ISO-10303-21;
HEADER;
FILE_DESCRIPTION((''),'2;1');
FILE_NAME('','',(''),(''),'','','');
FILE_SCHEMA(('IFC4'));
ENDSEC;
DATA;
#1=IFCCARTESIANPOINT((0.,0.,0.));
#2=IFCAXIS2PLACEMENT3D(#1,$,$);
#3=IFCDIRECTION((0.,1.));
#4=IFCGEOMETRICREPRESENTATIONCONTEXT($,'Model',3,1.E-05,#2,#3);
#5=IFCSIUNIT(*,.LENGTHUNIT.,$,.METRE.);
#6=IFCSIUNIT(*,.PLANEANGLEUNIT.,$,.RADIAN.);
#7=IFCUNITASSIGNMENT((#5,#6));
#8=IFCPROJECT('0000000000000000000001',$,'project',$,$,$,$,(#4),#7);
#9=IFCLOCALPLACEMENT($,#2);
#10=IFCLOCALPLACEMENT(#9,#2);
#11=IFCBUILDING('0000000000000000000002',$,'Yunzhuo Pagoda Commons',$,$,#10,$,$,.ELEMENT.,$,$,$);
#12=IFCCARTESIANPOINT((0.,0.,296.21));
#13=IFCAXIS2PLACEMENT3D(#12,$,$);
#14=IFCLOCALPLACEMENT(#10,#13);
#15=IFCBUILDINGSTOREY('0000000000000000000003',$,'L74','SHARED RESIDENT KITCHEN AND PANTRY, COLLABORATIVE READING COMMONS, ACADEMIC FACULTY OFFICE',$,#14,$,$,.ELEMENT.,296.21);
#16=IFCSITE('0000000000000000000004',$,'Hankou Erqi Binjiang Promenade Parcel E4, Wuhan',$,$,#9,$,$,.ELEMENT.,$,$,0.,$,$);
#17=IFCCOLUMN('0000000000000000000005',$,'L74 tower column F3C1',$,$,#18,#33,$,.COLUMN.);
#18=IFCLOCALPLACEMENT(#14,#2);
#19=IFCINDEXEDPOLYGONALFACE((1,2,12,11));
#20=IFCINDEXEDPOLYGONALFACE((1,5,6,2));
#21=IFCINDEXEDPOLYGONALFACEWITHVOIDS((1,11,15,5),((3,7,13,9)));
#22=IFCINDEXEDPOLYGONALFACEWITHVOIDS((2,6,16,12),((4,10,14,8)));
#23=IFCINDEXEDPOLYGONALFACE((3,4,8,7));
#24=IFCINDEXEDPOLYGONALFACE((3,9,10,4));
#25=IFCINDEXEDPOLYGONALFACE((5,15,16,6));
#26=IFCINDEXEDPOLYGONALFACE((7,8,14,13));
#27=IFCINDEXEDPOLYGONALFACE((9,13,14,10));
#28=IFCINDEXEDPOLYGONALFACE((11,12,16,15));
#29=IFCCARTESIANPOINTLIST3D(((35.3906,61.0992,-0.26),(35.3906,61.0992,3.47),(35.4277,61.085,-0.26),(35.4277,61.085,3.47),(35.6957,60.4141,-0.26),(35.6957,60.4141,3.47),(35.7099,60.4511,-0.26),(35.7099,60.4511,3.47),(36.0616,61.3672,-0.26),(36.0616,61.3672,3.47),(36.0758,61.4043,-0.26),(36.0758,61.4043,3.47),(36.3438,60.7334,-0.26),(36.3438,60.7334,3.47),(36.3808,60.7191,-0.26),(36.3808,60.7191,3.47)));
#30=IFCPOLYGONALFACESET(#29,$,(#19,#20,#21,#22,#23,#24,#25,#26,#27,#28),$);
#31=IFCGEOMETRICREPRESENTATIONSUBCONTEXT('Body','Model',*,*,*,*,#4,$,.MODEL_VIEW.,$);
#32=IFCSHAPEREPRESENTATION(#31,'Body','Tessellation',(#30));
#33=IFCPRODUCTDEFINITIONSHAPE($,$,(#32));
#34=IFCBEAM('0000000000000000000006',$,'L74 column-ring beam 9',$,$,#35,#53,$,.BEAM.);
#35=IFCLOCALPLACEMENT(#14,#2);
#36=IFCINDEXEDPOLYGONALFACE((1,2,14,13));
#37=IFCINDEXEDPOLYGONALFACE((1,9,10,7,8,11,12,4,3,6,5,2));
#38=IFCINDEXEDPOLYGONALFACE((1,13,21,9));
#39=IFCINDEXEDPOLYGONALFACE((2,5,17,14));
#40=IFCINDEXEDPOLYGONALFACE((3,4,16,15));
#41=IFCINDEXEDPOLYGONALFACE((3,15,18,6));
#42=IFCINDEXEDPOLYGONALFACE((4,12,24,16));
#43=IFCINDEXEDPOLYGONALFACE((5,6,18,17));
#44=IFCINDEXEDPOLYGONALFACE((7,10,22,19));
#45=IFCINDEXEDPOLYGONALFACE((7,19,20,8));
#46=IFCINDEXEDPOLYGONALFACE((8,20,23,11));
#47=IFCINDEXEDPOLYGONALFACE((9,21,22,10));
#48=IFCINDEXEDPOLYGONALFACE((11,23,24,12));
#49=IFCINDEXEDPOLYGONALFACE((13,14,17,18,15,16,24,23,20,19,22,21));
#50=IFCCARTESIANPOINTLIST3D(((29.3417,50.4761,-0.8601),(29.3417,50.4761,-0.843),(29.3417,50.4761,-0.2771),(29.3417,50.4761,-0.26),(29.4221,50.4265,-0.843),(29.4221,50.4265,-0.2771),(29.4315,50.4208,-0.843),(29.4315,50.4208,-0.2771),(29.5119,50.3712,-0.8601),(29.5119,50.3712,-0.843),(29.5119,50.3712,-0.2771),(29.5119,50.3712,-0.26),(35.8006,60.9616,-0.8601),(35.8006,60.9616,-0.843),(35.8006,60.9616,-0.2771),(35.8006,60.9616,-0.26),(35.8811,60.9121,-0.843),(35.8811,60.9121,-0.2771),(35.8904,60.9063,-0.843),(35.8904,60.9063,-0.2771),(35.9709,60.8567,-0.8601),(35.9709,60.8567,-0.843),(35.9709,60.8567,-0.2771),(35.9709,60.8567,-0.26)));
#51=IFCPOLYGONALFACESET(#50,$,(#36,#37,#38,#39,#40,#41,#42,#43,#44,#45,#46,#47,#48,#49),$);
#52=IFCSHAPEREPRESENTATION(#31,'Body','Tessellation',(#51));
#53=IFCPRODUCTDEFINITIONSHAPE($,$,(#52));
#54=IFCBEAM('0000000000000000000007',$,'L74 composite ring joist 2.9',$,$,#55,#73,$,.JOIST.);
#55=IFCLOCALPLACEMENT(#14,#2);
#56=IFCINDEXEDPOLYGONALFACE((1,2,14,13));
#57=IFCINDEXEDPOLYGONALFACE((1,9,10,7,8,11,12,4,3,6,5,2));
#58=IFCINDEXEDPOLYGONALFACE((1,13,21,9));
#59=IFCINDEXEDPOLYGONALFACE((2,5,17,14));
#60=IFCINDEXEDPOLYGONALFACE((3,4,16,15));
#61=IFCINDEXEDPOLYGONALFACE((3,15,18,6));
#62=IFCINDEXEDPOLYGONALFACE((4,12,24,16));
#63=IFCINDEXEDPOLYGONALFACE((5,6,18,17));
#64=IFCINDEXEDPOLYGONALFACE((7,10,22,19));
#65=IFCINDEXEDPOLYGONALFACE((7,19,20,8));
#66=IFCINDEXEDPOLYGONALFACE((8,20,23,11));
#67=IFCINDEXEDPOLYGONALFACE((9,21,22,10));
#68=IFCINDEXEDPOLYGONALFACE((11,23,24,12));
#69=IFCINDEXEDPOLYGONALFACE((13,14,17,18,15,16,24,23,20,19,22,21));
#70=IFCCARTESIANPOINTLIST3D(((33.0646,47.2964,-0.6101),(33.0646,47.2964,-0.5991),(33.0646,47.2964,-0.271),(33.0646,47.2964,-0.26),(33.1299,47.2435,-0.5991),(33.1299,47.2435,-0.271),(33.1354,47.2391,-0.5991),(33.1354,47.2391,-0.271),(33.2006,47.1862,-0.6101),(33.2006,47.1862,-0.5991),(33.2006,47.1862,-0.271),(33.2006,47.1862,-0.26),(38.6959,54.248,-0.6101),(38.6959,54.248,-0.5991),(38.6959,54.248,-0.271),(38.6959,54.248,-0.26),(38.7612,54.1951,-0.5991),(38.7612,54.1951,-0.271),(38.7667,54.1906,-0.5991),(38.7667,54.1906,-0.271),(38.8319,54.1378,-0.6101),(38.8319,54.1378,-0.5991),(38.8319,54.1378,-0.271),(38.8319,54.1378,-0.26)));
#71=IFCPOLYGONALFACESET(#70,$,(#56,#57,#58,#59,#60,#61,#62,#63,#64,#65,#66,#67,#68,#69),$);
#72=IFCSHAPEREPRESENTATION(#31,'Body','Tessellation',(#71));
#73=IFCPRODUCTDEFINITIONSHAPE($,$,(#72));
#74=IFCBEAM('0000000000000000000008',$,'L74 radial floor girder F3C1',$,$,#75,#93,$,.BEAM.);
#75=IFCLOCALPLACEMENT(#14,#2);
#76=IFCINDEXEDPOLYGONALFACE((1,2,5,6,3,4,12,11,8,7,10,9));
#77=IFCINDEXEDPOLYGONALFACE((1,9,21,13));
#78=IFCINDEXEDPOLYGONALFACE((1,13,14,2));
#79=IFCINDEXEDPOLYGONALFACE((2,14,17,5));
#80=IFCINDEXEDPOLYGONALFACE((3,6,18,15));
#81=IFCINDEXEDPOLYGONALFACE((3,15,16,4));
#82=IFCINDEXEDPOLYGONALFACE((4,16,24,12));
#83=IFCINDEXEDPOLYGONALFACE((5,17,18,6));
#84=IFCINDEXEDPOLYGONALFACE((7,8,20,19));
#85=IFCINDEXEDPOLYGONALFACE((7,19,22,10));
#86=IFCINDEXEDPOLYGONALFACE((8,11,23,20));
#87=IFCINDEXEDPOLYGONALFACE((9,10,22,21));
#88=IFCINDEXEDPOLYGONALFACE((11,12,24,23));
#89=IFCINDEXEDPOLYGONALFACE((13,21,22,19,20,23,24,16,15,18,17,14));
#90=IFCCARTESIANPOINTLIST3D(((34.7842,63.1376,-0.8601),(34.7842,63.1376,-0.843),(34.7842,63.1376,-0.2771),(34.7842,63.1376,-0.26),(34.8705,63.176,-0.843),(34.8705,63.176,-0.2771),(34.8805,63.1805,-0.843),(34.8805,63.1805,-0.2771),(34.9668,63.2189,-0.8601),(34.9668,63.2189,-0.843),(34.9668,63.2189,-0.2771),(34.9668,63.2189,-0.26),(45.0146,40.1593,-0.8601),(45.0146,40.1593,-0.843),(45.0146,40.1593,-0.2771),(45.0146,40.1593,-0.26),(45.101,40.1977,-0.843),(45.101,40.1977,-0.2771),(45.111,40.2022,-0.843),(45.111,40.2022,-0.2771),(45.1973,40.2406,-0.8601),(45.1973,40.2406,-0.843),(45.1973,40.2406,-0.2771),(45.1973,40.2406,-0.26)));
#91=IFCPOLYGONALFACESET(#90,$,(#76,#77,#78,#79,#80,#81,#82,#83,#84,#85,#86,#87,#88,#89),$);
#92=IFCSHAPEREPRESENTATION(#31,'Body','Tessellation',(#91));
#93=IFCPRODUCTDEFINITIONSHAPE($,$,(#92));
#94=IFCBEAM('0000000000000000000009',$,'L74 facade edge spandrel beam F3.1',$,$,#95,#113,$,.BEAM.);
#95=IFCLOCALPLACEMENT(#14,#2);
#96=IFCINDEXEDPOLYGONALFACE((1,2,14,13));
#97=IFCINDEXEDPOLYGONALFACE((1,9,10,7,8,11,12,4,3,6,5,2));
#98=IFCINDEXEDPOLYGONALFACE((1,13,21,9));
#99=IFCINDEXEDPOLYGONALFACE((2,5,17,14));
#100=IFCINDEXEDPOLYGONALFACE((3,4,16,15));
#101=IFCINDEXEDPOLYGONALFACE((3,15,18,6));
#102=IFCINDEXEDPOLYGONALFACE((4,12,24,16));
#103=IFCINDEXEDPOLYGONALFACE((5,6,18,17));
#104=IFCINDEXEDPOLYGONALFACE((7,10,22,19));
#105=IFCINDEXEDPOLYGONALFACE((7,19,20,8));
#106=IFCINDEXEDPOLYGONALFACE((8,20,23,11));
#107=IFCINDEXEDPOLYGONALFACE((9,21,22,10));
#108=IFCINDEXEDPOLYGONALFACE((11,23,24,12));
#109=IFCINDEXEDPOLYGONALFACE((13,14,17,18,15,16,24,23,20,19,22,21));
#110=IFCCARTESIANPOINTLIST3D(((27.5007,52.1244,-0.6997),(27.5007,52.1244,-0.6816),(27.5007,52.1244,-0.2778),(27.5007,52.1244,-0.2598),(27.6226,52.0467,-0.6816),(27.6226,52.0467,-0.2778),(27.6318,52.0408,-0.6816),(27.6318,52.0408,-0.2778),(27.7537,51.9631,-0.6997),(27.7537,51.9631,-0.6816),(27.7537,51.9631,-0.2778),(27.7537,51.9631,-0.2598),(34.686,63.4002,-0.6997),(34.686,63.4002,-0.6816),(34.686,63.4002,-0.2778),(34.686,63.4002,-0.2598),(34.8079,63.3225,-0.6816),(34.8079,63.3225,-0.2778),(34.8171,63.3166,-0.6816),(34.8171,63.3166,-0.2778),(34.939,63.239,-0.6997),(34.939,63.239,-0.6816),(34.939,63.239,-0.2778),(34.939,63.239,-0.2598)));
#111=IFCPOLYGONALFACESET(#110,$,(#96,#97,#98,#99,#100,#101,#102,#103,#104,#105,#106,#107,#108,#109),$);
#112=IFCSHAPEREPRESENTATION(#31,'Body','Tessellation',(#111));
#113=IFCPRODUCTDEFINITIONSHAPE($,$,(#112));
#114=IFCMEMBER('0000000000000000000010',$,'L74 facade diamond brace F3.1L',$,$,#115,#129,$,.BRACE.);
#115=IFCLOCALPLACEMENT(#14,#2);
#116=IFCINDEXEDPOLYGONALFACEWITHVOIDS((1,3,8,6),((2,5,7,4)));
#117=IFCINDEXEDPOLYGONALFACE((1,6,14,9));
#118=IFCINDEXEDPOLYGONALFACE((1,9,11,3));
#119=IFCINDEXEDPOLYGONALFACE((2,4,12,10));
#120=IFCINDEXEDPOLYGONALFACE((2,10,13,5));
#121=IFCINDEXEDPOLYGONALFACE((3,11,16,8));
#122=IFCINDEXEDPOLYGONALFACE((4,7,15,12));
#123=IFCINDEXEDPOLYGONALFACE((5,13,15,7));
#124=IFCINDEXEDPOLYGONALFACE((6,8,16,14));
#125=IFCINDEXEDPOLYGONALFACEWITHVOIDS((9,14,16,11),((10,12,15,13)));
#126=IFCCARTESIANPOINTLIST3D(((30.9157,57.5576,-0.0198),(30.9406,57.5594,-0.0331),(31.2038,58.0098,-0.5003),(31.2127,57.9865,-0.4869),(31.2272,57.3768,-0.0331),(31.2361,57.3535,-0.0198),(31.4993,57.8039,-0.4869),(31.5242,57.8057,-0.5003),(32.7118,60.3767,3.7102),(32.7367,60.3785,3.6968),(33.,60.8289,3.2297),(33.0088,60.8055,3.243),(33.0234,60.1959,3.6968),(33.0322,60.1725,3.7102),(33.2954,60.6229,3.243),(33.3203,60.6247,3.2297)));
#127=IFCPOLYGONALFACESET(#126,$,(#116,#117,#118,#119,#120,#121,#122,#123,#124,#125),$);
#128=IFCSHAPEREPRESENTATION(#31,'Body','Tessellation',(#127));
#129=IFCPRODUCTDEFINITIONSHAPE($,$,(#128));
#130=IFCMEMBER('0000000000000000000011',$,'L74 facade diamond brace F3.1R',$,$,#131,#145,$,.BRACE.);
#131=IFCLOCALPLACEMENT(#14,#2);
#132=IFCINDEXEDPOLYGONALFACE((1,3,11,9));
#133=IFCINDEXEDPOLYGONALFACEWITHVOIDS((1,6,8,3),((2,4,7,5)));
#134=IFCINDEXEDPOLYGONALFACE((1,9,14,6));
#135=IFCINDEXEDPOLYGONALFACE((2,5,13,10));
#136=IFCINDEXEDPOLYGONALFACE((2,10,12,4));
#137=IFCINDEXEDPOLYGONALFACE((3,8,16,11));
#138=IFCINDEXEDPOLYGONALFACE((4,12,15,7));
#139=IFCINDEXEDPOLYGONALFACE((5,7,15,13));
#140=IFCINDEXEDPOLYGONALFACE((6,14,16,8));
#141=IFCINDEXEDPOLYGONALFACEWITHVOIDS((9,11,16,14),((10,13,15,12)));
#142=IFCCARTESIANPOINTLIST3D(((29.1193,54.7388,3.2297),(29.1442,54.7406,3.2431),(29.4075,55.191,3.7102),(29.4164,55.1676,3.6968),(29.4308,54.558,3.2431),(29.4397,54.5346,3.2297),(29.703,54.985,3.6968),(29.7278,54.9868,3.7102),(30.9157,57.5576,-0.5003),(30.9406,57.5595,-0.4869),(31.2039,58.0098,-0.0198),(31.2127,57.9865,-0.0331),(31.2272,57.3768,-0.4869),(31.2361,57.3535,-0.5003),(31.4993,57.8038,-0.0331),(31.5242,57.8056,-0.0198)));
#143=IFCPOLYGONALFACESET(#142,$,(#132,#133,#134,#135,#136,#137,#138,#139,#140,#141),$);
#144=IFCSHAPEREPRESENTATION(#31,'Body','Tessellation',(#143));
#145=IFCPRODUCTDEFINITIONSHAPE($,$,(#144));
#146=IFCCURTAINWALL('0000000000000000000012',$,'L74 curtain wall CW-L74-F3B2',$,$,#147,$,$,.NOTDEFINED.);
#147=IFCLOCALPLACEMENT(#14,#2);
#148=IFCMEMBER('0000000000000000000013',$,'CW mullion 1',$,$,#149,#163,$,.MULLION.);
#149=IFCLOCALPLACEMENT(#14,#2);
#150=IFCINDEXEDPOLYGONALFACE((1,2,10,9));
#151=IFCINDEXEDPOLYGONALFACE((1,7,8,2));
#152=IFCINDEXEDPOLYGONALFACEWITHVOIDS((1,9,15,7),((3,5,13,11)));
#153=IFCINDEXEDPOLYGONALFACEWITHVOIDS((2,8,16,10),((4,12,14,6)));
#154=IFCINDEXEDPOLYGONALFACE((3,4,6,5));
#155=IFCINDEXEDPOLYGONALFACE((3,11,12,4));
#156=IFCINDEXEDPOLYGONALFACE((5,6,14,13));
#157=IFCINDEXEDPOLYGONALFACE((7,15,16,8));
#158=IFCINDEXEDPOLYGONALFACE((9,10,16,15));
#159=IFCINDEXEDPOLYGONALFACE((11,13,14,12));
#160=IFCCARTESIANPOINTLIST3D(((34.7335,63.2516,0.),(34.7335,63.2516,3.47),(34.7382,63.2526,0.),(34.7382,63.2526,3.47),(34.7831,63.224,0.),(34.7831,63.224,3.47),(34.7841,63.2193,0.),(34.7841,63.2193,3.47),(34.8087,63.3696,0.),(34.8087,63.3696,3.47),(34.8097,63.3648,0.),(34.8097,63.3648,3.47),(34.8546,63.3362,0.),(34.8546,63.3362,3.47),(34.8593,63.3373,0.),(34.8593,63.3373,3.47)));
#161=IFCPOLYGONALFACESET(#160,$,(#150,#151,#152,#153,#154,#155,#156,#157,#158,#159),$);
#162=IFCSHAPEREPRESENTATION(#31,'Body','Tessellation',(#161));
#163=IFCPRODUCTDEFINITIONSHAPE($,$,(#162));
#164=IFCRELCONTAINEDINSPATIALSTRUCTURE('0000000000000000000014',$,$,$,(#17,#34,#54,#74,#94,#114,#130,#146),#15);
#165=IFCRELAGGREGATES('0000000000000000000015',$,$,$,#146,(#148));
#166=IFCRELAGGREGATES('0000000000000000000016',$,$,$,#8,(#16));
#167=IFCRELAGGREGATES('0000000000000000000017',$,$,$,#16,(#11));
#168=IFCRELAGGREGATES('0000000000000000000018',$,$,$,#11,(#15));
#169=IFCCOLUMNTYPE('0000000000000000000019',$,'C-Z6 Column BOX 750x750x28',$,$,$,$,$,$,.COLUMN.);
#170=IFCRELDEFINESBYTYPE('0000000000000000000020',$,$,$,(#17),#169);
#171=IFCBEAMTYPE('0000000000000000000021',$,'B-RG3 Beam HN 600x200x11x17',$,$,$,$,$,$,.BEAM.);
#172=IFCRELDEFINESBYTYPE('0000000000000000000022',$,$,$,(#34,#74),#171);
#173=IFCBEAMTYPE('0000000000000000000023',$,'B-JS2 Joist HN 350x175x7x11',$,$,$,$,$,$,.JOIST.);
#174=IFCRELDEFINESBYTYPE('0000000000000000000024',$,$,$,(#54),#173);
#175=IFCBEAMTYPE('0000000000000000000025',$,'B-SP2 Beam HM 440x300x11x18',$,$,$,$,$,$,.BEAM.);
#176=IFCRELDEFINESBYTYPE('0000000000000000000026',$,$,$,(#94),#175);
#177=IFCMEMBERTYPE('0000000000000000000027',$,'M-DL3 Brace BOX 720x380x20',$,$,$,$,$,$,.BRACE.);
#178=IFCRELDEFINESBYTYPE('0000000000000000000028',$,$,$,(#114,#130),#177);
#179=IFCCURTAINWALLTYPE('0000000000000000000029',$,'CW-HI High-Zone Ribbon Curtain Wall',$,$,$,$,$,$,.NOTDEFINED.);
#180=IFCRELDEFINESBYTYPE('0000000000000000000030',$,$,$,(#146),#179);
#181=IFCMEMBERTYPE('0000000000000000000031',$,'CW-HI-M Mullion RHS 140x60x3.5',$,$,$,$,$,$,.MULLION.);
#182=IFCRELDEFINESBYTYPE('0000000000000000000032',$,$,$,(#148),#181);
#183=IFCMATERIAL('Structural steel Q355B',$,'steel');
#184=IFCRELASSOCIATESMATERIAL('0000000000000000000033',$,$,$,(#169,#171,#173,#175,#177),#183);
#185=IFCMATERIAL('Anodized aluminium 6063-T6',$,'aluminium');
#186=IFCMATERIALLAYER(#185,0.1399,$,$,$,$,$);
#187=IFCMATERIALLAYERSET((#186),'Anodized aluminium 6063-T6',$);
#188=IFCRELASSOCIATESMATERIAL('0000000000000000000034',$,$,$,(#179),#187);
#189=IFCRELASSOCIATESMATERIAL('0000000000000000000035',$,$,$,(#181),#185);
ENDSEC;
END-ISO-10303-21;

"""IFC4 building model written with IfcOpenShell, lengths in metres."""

from ifc_helpers import new_model, si_unit, direction, frame, origin, origin_2d, place, context, subcontext, project, spatial, hollow_rectangle, i_section, extrude, source, transform, mapped, material, layer, layer_set, material_profile, profile_set, type_object, element, aggregate, save


model = new_model("IFC4")

# Units and contexts
model_context = context("Model", 3, precision=1e-05, world=origin(), true_north=direction((0.0, 1.0)))
body_context = subcontext(model_context, "Body", "Model", "MODEL_VIEW")
ifc_project = project(units=[si_unit("LENGTHUNIT", "METRE"), si_unit("PLANEANGLEUNIT", "RADIAN")], contexts=[model_context])

# Site, building, storey
site_placement = place(None, origin())
site = spatial("IfcSite", under=ifc_project, at=site_placement, Name="Hankou Erqi Binjiang Promenade Parcel E4, Wuhan", CompositionType="ELEMENT", RefElevation=0.0)
building_placement = place(site_placement, origin())
building = spatial("IfcBuilding", under=site, at=building_placement, Name="Yunzhuo Pagoda Commons", CompositionType="ELEMENT")
storey_placement = place(building_placement, frame((0.0, 0.0, 296.21)))
storey = spatial("IfcBuildingStorey", under=building, at=storey_placement, Name="L74", Description="SHARED RESIDENT KITCHEN AND PANTRY, COLLABORATIVE READING COMMONS, ACADEMIC FACULTY OFFICE", CompositionType="ELEMENT", Elevation=296.21)

# Column
ifc_material_1 = material(Name="Structural steel Q355B", Category="steel")
ifc_material_profile_1 = material_profile(ifc_material_1, hollow_rectangle(XDim=0.75, YDim=0.75, WallThickness=0.0281, at=origin_2d()), Name="Structural steel Q355B")
ifc_profile_set_1 = profile_set([ifc_material_profile_1], Name="Structural steel Q355B")
column_type = type_object("IfcColumnType", Name="C-Z6 Column BOX 750x750x28", PredefinedType="COLUMN", material=ifc_profile_set_1)
shared_shape_1 = source(origin(), body_context, "Body", "SweptSolid", [
    extrude(hollow_rectangle(XDim=0.75, YDim=0.75, WallThickness=0.0281, at=origin_2d()), origin(), (0.0, 0.0, 1.0), 3.73),
])
column_placement = place(storey_placement, frame((35.8857, 60.9092, -0.26), z_axis=(0.0, 0.0, 1.0), x_axis=(-0.913545, -0.406737, 0.0)))
element("IfcColumn", 1, at=column_placement, inside=storey, type_object=column_type, Name="L74 tower column F3C1", PredefinedType="COLUMN", context=body_context, shape_type="MappedRepresentation", body=[
    mapped(shared_shape_1, transform((0.0, 0.0, 0.0), scale=1.0)),
])

# Beams
ifc_material_profile_2 = material_profile(ifc_material_1, i_section(OverallWidth=0.2, OverallDepth=0.6001, WebThickness=0.011, FlangeThickness=0.0171, at=origin_2d()), Name="Structural steel Q355B")
ifc_profile_set_2 = profile_set([ifc_material_profile_2], Name="Structural steel Q355B")
beam_type_1 = type_object("IfcBeamType", Name="B-RG3 Beam HN 600x200x11x17", PredefinedType="BEAM", material=ifc_profile_set_2)
shared_shape_2 = source(origin(), body_context, "Body", "SweptSolid", [
    extrude(i_section(OverallWidth=0.2, OverallDepth=0.6001, WebThickness=0.011, FlangeThickness=0.0171, at=origin_2d()), origin(), (0.0, 0.0, 1.0), 12.3152),
])
beam_1_placement = place(storey_placement, frame((35.8857, 60.9092, -0.5601), z_axis=(-0.524469, -0.85143, 0.0), x_axis=(0.85143, -0.524469, 0.0)))
element("IfcBeam", 2, at=beam_1_placement, inside=storey, type_object=beam_type_1, Name="L74 column-ring beam 9", PredefinedType="BEAM", context=body_context, shape_type="MappedRepresentation", body=[
    mapped(shared_shape_2, transform((0.0, 0.0, 0.0), scale=1.0)),
])
ifc_material_profile_3 = material_profile(ifc_material_1, i_section(OverallWidth=0.175, OverallDepth=0.3501, WebThickness=0.0071, FlangeThickness=0.011, at=origin_2d()), Name="Structural steel Q355B")
ifc_profile_set_3 = profile_set([ifc_material_profile_3], Name="Structural steel Q355B")
beam_type_2 = type_object("IfcBeamType", Name="B-JS2 Joist HN 350x175x7x11", PredefinedType="JOIST", material=ifc_profile_set_3)
shared_shape_3 = source(origin(), body_context, "Body", "SweptSolid", [
    extrude(i_section(OverallWidth=0.175, OverallDepth=0.3501, WebThickness=0.0071, FlangeThickness=0.011, at=origin_2d()), origin(), (0.0, 0.0, 1.0), 8.9463),
])
beam_2_placement = place(storey_placement, frame((38.7639, 54.1929, -0.4351), z_axis=(-0.629456, -0.777036, 0.0), x_axis=(0.777036, -0.629456, 0.0)))
element("IfcBeam", 3, at=beam_2_placement, inside=storey, type_object=beam_type_2, Name="L74 composite ring joist 2.9", PredefinedType="JOIST", context=body_context, shape_type="MappedRepresentation", body=[
    mapped(shared_shape_3, transform((0.0, 0.0, 0.0), scale=1.0)),
])
shared_shape_4 = source(origin(), body_context, "Body", "SweptSolid", [
    extrude(i_section(OverallWidth=0.2, OverallDepth=0.6001, WebThickness=0.011, FlangeThickness=0.0171, at=origin_2d()), origin(), (0.0, 0.0, 1.0), 25.1528),
])
beam_3_placement = place(storey_placement, frame((34.8755, 63.1782, -0.5601), z_axis=(0.406733, -0.913547, 0.0), x_axis=(0.913547, 0.406733, 0.0)))
element("IfcBeam", 4, at=beam_3_placement, inside=storey, type_object=beam_type_1, Name="L74 radial floor girder F3C1", PredefinedType="BEAM", context=body_context, shape_type="MappedRepresentation", body=[
    mapped(shared_shape_4, transform((0.0, 0.0, 0.0), scale=1.0)),
])
ifc_material_profile_4 = material_profile(ifc_material_1, i_section(OverallWidth=0.3, OverallDepth=0.4399, WebThickness=0.011, FlangeThickness=0.0181, at=origin_2d()), Name="Structural steel Q355B")
ifc_profile_set_4 = profile_set([ifc_material_profile_4], Name="Structural steel Q355B")
beam_type_3 = type_object("IfcBeamType", Name="B-SP2 Beam HM 440x300x11x18", PredefinedType="BEAM", material=ifc_profile_set_4)
shared_shape_5 = source(origin(), body_context, "Body", "SweptSolid", [
    extrude(i_section(OverallWidth=0.3, OverallDepth=0.4399, WebThickness=0.011, FlangeThickness=0.0181, at=origin_2d()), origin(), (0.0, 0.0, 1.0), 13.3706),
])
beam_4_placement = place(storey_placement, frame((34.8125, 63.3196, -0.4797), z_axis=(-0.537394, -0.843331, 0.0), x_axis=(0.843331, -0.537394, 0.0)))
element("IfcBeam", 5, at=beam_4_placement, inside=storey, type_object=beam_type_3, Name="L74 facade edge spandrel beam F3.1", PredefinedType="BEAM", context=body_context, shape_type="MappedRepresentation", body=[
    mapped(shared_shape_5, transform((0.0, 0.0, 0.0), scale=1.0)),
])

# Members
ifc_material_profile_5 = material_profile(ifc_material_1, hollow_rectangle(XDim=0.3799, YDim=0.72, WallThickness=0.02, at=origin_2d()), Name="Structural steel Q355B")
ifc_profile_set_5 = profile_set([ifc_material_profile_5], Name="Structural steel Q355B")
member_type_1 = type_object("IfcMemberType", Name="M-DL3 Brace BOX 720x380x20", PredefinedType="BRACE", material=ifc_profile_set_5)
shared_shape_6 = source(origin(), body_context, "Body", "SweptSolid", [
    extrude(hollow_rectangle(XDim=0.3799, YDim=0.72, WallThickness=0.02, at=origin_2d()), origin(), (0.0, 0.0, 1.0), 5.0085),
])
for number, where, z_axis, x_axis, name in (
    (6, (31.22, 57.6816, -0.26), (0.358611, 0.562849, 0.744714), (-0.843367, 0.537339, 0.0), "L74 facade diamond brace F3.1L"),
    (7, (31.22, 57.6816, -0.26), (-0.358663, -0.562806, 0.744721), (0.843312, -0.537424, 0.0), "L74 facade diamond brace F3.1R"),
):
    element("IfcMember", number, at=place(storey_placement, frame(where, z_axis=z_axis, x_axis=x_axis)), inside=storey, type_object=member_type_1, Name=name, PredefinedType="BRACE", context=body_context, shape_type="MappedRepresentation", body=[
        mapped(shared_shape_6, transform((0.0, 0.0, 0.0), scale=1.0)),
    ])

# Curtain wall, member
ifc_material_2 = material(Name="Anodized aluminium 6063-T6", Category="aluminium")
ifc_layer_1 = layer(ifc_material_2, 0.1399)
ifc_layer_set_1 = layer_set([ifc_layer_1], Name="Anodized aluminium 6063-T6")
curtain_wall_type = type_object("IfcCurtainWallType", Name="CW-HI High-Zone Ribbon Curtain Wall", PredefinedType="NOTDEFINED", material=ifc_layer_set_1)
curtain_wall_1_placement = place(storey_placement, origin())
curtain_wall_1 = element("IfcCurtainWall", 8, at=curtain_wall_1_placement, inside=storey, type_object=curtain_wall_type, Name="L74 curtain wall CW-L74-F3B2", PredefinedType="NOTDEFINED")
ifc_material_profile_6 = material_profile(ifc_material_2, hollow_rectangle(XDim=0.0601, YDim=0.1399, WallThickness=0.0034, at=origin_2d()), Name="Anodized aluminium 6063-T6")
ifc_profile_set_6 = profile_set([ifc_material_profile_6], Name="Anodized aluminium 6063-T6")
member_type_2 = type_object("IfcMemberType", Name="CW-HI-M Mullion RHS 140x60x3.5", PredefinedType="MULLION", material=ifc_profile_set_6)
shared_shape_7 = source(origin(), body_context, "Body", "SweptSolid", [
    extrude(hollow_rectangle(XDim=0.0601, YDim=0.1399, WallThickness=0.0034, at=origin_2d()), origin(), (0.0, 0.0, 1.0), 3.47),
])
member_1_placement = place(storey_placement, frame((34.7964, 63.2944, 0.0), z_axis=(0.0, 0.0, 1.0), x_axis=(0.84333, -0.537397, 0.0)))
member_1 = element("IfcMember", 9, at=member_1_placement, type_object=member_type_2, Name="CW mullion 1", PredefinedType="MULLION", context=body_context, shape_type="MappedRepresentation", body=[
    mapped(shared_shape_7, transform((0.0, 0.0, 0.0), scale=1.0)),
])

aggregate(curtain_wall_1, [member_1])

save(model, "model.ifc")
